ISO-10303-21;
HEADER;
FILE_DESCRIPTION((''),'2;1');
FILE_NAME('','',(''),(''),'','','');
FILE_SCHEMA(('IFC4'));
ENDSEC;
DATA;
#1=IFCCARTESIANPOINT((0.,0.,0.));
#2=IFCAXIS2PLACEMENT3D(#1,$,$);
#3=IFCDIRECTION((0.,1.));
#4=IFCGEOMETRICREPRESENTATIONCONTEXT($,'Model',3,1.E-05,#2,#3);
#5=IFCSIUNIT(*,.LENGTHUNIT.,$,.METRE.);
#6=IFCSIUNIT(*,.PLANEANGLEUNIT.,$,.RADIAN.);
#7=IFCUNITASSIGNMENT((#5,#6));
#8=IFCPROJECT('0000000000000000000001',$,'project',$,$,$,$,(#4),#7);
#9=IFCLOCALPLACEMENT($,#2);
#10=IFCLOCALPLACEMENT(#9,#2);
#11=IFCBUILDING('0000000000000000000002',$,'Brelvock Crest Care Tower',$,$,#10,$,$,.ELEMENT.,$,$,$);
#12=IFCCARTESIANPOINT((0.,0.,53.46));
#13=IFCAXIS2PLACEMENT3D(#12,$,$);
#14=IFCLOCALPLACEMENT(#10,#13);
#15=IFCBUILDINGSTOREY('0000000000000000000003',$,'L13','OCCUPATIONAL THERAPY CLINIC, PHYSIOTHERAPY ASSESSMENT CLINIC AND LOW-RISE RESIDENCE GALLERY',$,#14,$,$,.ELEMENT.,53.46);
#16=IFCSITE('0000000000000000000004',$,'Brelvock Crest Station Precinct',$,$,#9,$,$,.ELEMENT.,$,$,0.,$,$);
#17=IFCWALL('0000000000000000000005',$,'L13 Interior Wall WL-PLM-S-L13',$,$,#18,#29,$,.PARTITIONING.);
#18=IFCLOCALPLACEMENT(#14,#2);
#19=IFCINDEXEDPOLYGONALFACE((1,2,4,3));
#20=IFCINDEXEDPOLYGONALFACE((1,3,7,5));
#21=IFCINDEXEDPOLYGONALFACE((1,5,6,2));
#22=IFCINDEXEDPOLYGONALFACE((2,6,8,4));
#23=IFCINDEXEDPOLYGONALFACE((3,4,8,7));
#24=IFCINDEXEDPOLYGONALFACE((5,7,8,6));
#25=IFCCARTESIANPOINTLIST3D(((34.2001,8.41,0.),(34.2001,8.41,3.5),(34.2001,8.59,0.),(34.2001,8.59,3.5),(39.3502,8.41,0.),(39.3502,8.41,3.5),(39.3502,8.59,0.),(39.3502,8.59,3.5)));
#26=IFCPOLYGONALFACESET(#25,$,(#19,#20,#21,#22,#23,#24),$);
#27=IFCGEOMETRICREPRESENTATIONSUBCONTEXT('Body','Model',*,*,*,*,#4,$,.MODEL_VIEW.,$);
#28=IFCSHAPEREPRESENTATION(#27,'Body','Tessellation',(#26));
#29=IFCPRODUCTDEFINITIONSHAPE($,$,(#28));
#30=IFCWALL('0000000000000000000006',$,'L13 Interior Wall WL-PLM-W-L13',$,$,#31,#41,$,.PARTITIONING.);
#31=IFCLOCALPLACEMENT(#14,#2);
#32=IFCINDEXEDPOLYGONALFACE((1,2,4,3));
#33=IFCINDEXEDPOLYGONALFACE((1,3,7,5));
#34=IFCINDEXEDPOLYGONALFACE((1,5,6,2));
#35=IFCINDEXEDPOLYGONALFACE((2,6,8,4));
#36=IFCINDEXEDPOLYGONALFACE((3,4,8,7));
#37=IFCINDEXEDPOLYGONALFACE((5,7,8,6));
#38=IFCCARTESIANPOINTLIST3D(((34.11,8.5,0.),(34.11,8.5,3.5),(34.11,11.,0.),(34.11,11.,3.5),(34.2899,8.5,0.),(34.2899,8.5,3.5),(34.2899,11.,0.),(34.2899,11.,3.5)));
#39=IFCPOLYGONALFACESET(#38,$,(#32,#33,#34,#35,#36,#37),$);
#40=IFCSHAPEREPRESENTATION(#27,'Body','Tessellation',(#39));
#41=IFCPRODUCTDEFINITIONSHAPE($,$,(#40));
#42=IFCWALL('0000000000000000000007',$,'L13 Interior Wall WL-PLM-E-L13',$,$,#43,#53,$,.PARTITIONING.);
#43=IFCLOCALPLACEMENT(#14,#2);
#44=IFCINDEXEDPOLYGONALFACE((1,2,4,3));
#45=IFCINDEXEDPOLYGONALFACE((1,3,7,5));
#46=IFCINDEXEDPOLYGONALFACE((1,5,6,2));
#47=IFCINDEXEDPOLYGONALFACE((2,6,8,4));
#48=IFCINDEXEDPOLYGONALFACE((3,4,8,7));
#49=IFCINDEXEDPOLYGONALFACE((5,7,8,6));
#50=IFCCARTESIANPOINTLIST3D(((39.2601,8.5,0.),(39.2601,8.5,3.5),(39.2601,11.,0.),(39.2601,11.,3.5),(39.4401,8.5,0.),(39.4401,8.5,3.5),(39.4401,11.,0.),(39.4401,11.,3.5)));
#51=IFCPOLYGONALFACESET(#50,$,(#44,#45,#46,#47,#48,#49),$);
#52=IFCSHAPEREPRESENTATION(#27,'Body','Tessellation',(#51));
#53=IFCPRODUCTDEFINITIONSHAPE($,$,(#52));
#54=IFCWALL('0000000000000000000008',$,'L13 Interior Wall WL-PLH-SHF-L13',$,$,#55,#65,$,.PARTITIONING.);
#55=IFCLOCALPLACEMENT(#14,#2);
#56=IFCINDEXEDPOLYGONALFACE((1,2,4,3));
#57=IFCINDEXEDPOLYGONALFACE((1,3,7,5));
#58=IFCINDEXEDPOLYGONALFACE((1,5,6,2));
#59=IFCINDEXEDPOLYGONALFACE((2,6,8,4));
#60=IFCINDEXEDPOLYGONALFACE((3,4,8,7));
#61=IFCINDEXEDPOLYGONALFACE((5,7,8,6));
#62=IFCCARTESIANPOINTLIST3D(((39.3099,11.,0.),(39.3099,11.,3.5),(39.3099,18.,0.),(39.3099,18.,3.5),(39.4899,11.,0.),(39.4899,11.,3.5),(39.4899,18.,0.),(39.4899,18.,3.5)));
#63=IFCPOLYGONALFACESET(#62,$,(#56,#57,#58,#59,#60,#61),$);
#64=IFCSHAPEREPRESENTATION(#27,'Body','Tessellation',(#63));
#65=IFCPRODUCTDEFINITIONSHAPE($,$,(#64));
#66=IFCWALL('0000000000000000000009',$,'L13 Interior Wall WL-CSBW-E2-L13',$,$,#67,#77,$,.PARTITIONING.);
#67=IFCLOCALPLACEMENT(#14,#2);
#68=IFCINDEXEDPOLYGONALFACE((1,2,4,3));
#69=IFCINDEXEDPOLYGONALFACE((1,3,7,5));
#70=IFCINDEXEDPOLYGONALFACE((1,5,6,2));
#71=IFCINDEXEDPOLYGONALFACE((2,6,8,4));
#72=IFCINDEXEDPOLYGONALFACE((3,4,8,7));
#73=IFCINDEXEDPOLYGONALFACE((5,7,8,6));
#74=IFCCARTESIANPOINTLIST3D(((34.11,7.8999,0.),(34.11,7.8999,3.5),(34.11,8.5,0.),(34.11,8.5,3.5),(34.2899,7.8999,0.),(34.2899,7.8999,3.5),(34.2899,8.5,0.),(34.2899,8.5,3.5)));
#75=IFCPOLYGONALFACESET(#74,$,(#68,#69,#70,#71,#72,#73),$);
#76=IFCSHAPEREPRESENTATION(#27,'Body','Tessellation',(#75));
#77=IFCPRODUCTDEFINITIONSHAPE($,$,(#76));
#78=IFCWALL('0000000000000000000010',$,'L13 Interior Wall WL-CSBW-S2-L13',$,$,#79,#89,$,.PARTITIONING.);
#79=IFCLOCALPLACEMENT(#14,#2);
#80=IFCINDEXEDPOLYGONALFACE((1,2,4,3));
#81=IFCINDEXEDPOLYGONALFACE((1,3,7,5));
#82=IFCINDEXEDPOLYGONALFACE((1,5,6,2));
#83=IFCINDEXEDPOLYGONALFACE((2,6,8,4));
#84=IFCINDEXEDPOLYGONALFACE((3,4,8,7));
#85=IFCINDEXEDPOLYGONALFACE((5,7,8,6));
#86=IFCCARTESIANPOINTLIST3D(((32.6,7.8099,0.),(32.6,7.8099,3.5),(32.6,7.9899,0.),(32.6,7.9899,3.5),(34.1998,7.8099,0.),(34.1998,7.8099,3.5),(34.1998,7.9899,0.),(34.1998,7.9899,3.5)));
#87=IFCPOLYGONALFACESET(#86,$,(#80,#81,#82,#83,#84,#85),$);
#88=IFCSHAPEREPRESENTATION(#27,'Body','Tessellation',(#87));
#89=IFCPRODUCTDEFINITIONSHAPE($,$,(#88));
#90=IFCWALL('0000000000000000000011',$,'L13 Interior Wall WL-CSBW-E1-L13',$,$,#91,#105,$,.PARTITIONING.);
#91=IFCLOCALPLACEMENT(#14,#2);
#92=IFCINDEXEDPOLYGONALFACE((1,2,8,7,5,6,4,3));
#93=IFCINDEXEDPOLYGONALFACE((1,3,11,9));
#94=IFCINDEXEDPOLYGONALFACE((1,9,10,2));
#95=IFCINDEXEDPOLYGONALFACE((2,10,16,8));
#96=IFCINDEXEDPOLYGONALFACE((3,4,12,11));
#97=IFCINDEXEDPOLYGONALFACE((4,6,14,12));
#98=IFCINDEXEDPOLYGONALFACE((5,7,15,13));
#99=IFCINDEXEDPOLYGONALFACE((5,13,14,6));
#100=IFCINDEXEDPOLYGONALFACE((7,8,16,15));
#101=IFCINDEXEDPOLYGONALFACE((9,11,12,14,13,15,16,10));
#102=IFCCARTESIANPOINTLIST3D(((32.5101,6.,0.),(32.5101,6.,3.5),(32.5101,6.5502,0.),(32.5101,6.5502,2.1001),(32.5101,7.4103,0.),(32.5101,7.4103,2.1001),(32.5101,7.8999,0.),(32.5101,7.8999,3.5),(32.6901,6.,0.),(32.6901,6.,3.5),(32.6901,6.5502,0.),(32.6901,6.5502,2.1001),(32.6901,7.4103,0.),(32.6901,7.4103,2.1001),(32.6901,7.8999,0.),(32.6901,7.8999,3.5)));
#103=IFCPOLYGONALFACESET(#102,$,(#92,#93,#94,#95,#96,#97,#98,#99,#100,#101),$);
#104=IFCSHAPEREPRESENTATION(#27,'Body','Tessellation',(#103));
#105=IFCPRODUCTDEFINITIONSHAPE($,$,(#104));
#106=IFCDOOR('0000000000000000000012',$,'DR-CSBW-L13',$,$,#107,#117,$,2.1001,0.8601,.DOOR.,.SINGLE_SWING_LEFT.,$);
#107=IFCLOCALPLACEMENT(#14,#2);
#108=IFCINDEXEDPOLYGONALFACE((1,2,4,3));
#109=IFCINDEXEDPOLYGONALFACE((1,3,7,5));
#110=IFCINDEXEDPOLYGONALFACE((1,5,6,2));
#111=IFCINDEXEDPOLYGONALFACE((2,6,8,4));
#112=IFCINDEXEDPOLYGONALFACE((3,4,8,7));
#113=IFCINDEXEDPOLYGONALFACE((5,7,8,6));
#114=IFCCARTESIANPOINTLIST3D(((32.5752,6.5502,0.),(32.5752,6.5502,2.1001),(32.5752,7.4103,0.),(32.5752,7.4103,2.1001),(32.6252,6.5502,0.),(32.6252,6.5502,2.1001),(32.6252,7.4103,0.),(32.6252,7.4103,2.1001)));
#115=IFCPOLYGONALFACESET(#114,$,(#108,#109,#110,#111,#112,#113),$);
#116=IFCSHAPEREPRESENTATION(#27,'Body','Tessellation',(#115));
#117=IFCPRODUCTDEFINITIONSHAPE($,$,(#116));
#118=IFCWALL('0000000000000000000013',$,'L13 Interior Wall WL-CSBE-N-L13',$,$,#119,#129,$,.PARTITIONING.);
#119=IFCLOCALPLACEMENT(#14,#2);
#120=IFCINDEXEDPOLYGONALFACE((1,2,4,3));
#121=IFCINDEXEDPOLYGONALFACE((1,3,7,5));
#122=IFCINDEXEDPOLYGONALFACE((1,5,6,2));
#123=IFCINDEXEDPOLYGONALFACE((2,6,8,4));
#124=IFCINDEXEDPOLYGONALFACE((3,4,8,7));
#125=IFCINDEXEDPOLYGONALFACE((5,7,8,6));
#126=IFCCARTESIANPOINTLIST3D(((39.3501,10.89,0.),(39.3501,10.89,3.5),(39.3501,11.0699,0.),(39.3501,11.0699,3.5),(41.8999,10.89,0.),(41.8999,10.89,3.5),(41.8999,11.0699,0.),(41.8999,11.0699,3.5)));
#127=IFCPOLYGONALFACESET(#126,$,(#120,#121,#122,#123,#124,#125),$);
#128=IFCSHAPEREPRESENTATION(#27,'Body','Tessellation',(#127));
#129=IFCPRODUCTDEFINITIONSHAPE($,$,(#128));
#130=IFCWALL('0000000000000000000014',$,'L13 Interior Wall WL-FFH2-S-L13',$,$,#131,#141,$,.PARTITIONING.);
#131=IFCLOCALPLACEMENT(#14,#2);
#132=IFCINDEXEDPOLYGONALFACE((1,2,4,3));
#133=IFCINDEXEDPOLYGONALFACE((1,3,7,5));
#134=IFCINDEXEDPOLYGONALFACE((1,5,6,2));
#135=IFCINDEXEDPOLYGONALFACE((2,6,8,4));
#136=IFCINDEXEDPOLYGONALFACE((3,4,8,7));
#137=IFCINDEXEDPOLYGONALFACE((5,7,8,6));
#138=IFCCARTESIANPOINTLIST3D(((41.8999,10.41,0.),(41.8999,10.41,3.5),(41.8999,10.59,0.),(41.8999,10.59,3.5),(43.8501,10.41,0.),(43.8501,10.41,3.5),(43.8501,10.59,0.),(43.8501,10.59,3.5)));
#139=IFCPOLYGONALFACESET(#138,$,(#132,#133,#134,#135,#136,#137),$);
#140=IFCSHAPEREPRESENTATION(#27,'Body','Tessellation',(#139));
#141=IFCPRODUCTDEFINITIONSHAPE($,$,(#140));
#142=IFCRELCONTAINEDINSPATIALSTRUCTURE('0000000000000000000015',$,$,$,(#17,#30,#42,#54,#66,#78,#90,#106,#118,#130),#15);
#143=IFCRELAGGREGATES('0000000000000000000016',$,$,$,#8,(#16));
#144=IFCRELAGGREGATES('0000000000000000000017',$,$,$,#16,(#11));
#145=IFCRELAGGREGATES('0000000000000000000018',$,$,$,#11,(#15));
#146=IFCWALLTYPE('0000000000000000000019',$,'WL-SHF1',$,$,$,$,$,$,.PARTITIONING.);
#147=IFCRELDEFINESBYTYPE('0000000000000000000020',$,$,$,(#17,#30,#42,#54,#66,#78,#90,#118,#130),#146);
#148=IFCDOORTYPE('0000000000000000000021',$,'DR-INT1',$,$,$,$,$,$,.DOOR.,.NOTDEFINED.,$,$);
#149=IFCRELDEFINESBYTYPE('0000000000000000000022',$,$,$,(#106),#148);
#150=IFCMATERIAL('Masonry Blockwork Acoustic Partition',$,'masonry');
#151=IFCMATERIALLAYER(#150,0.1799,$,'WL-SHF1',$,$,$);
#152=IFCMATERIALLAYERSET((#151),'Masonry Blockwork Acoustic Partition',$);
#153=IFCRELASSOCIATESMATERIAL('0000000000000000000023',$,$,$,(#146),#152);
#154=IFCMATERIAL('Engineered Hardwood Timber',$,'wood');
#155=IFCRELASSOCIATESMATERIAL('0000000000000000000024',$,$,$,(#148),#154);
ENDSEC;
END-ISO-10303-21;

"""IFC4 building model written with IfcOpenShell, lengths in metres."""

from ifc_helpers import new_model, si_unit, direction, frame, frame_2d, origin, origin_2d, place, context, subcontext, project, spatial, rectangle, extrude, source, transform, mapped, material, layer, layer_set, type_object, element, fill, save


model = new_model("IFC4")

# Units and contexts
model_context = context("Model", 3, precision=1e-05, world=origin(), true_north=direction((0.0, 1.0)))
body_context = subcontext(model_context, "Body", "Model", "MODEL_VIEW")
ifc_project = project(units=[si_unit("LENGTHUNIT", "METRE"), si_unit("PLANEANGLEUNIT", "RADIAN")], contexts=[model_context])

# Site, building, storey
site_placement = place(None, origin())
site = spatial("IfcSite", under=ifc_project, at=site_placement, Name="Brelvock Crest Station Precinct", CompositionType="ELEMENT", RefElevation=0.0)
building_placement = place(site_placement, origin())
building = spatial("IfcBuilding", under=site, at=building_placement, Name="Brelvock Crest Care Tower", CompositionType="ELEMENT")
storey_placement = place(building_placement, frame((0.0, 0.0, 53.46)))
storey = spatial("IfcBuildingStorey", under=building, at=storey_placement, Name="L13", Description="OCCUPATIONAL THERAPY CLINIC, PHYSIOTHERAPY ASSESSMENT CLINIC AND LOW-RISE RESIDENCE GALLERY", CompositionType="ELEMENT", Elevation=53.46)

# Shared definitions
ifc_material_1 = material(Name="Masonry Blockwork Acoustic Partition", Category="masonry")

# Walls
ifc_layer_1 = layer(ifc_material_1, 0.1799, Name="WL-SHF1")
ifc_layer_set_1 = layer_set([ifc_layer_1], Name="Masonry Blockwork Acoustic Partition")
wall_type_1 = type_object("IfcWallType", Name="WL-SHF1", PredefinedType="PARTITIONING", material=ifc_layer_set_1)
for number, where, z_axis, x_axis, name in (
    (1, (34.2, 8.5, 0.0), (0.0, 0.0, 1.0), (1.0, 0.0, 0.0), "L13 Interior Wall WL-PLM-S-L13"),
):
    element("IfcWall", number, at=place(storey_placement, frame(where, z_axis=z_axis, x_axis=x_axis)), inside=storey, type_object=wall_type_1, Name=name, PredefinedType="PARTITIONING", context=body_context, shape_type="SweptSolid", body=[
        extrude(rectangle(XDim=5.1501, YDim=0.1799, at=frame_2d((2.5752, 0.0))), origin(), (0.0, 0.0, 1.0), 3.5),
    ])
for number, where, z_axis, x_axis, name in (
    (2, (34.2, 8.5, 0.0), (0.0, 0.0, 1.0), (0.0, 1.0, 0.0), "L13 Interior Wall WL-PLM-W-L13"),
    (3, (39.3501, 8.5, 0.0), (0.0, 0.0, 1.0), (0.0, 1.0, 0.0), "L13 Interior Wall WL-PLM-E-L13"),
):
    element("IfcWall", number, at=place(storey_placement, frame(where, z_axis=z_axis, x_axis=x_axis)), inside=storey, type_object=wall_type_1, Name=name, PredefinedType="PARTITIONING", context=body_context, shape_type="SweptSolid", body=[
        extrude(rectangle(XDim=2.5, YDim=0.1799, at=frame_2d((1.25, 0.0))), origin(), (0.0, 0.0, 1.0), 3.5),
    ])
wall_1_placement = place(storey_placement, frame((39.3999, 11.0, 0.0), z_axis=(0.0, 0.0, 1.0), x_axis=(0.0, 1.0, 0.0)))
element("IfcWall", 4, at=wall_1_placement, inside=storey, type_object=wall_type_1, Name="L13 Interior Wall WL-PLH-SHF-L13", PredefinedType="PARTITIONING", context=body_context, shape_type="SweptSolid", body=[
    extrude(rectangle(XDim=7.0, YDim=0.1799, at=frame_2d((3.5, 0.0))), origin(), (0.0, 0.0, 1.0), 3.5),
])
wall_2_placement = place(storey_placement, frame((34.2, 7.8999, 0.0), z_axis=(0.0, 0.0, 1.0), x_axis=(0.0, 1.0, 0.0)))
element("IfcWall", 5, at=wall_2_placement, inside=storey, type_object=wall_type_1, Name="L13 Interior Wall WL-CSBW-E2-L13", PredefinedType="PARTITIONING", context=body_context, shape_type="SweptSolid", body=[
    extrude(rectangle(XDim=0.6001, YDim=0.1799, at=frame_2d((0.3, 0.0))), origin(), (0.0, 0.0, 1.0), 3.5),
])
wall_3_placement = place(storey_placement, frame((32.6001, 7.8999, 0.0), z_axis=(0.0, 0.0, 1.0), x_axis=(1.0, 0.0, 0.0)))
element("IfcWall", 6, at=wall_3_placement, inside=storey, type_object=wall_type_1, Name="L13 Interior Wall WL-CSBW-S2-L13", PredefinedType="PARTITIONING", context=body_context, shape_type="SweptSolid", body=[
    extrude(rectangle(XDim=1.5999, YDim=0.1799, at=frame_2d((0.7998, 0.0))), origin(), (0.0, 0.0, 1.0), 3.5),
])

# Wall, opening, door
wall_4_placement = place(storey_placement, frame((32.6001, 6.0, 0.0), z_axis=(0.0, 0.0, 1.0), x_axis=(0.0, 1.0, 0.0)))
wall_4 = element("IfcWall", 7, at=wall_4_placement, inside=storey, type_object=wall_type_1, Name="L13 Interior Wall WL-CSBW-E1-L13", PredefinedType="PARTITIONING", context=body_context, shape_type="SweptSolid", body=[
    extrude(rectangle(XDim=1.8999, YDim=0.1799, at=frame_2d((0.95, 0.0))), origin(), (0.0, 0.0, 1.0), 3.5),
])
opening_1_placement = place(wall_4_placement, frame((0.55, 0.0, 0.0)))
opening_1 = element("IfcOpeningElement", 8, at=opening_1_placement, cuts=wall_4, PredefinedType="OPENING", context=body_context, shape_type="SweptSolid", body=[
    extrude(rectangle(XDim=0.8601, YDim=2.1001, at=origin_2d()), frame((0.4302, 0.1001, 1.05), z_axis=(0.0, -1.0, 0.0), x_axis=(1.0, 0.0, 0.0)), (0.0, 0.0, 1.0), 0.2),
])
ifc_material_2 = material(Name="Engineered Hardwood Timber", Category="wood")
door_type_1 = type_object("IfcDoorType", Name="DR-INT1", OperationType="NOTDEFINED", PredefinedType="DOOR", material=ifc_material_2)
shared_shape_1 = source(origin(), body_context, "Body", "SweptSolid", [
    extrude(rectangle(XDim=0.8601, YDim=2.1001, at=origin_2d()), frame((0.4302, 0.0249, 1.05), z_axis=(0.0, -1.0, 0.0), x_axis=(1.0, 0.0, 0.0)), (0.0, 0.0, 1.0), 0.05),
])
door_1_placement = place(opening_1_placement, origin())
door_1 = element("IfcDoor", 9, at=door_1_placement, inside=storey, type_object=door_type_1, Name="DR-CSBW-L13", OperationType="SINGLE_SWING_LEFT", OverallHeight=2.1001, OverallWidth=0.8601, PredefinedType="DOOR", context=body_context, shape_type="MappedRepresentation", body=[
    mapped(shared_shape_1, transform((0.0, 0.0, 0.0), x_axis=(1.0, 0.0, 0.0), y_axis=(0.0, 1.0, 0.0), z_axis=(0.0, 0.0, 1.0), scale=1.0)),
])
fill(opening_1, door_1)

# Walls
wall_5_placement = place(storey_placement, frame((39.3501, 10.98, 0.0), z_axis=(0.0, 0.0, 1.0), x_axis=(1.0, 0.0, 0.0)))
element("IfcWall", 10, at=wall_5_placement, inside=storey, type_object=wall_type_1, Name="L13 Interior Wall WL-CSBE-N-L13", PredefinedType="PARTITIONING", context=body_context, shape_type="SweptSolid", body=[
    extrude(rectangle(XDim=2.5498, YDim=0.1799, at=frame_2d((1.2749, 0.0))), origin(), (0.0, 0.0, 1.0), 3.5),
])
wall_6_placement = place(storey_placement, frame((41.8999, 10.5, 0.0), z_axis=(0.0, 0.0, 1.0), x_axis=(1.0, 0.0, 0.0)))
element("IfcWall", 11, at=wall_6_placement, inside=storey, type_object=wall_type_1, Name="L13 Interior Wall WL-FFH2-S-L13", PredefinedType="PARTITIONING", context=body_context, shape_type="SweptSolid", body=[
    extrude(rectangle(XDim=1.9502, YDim=0.1799, at=frame_2d((0.9751, 0.0))), origin(), (0.0, 0.0, 1.0), 3.5),
])

save(model, "model.ifc")
